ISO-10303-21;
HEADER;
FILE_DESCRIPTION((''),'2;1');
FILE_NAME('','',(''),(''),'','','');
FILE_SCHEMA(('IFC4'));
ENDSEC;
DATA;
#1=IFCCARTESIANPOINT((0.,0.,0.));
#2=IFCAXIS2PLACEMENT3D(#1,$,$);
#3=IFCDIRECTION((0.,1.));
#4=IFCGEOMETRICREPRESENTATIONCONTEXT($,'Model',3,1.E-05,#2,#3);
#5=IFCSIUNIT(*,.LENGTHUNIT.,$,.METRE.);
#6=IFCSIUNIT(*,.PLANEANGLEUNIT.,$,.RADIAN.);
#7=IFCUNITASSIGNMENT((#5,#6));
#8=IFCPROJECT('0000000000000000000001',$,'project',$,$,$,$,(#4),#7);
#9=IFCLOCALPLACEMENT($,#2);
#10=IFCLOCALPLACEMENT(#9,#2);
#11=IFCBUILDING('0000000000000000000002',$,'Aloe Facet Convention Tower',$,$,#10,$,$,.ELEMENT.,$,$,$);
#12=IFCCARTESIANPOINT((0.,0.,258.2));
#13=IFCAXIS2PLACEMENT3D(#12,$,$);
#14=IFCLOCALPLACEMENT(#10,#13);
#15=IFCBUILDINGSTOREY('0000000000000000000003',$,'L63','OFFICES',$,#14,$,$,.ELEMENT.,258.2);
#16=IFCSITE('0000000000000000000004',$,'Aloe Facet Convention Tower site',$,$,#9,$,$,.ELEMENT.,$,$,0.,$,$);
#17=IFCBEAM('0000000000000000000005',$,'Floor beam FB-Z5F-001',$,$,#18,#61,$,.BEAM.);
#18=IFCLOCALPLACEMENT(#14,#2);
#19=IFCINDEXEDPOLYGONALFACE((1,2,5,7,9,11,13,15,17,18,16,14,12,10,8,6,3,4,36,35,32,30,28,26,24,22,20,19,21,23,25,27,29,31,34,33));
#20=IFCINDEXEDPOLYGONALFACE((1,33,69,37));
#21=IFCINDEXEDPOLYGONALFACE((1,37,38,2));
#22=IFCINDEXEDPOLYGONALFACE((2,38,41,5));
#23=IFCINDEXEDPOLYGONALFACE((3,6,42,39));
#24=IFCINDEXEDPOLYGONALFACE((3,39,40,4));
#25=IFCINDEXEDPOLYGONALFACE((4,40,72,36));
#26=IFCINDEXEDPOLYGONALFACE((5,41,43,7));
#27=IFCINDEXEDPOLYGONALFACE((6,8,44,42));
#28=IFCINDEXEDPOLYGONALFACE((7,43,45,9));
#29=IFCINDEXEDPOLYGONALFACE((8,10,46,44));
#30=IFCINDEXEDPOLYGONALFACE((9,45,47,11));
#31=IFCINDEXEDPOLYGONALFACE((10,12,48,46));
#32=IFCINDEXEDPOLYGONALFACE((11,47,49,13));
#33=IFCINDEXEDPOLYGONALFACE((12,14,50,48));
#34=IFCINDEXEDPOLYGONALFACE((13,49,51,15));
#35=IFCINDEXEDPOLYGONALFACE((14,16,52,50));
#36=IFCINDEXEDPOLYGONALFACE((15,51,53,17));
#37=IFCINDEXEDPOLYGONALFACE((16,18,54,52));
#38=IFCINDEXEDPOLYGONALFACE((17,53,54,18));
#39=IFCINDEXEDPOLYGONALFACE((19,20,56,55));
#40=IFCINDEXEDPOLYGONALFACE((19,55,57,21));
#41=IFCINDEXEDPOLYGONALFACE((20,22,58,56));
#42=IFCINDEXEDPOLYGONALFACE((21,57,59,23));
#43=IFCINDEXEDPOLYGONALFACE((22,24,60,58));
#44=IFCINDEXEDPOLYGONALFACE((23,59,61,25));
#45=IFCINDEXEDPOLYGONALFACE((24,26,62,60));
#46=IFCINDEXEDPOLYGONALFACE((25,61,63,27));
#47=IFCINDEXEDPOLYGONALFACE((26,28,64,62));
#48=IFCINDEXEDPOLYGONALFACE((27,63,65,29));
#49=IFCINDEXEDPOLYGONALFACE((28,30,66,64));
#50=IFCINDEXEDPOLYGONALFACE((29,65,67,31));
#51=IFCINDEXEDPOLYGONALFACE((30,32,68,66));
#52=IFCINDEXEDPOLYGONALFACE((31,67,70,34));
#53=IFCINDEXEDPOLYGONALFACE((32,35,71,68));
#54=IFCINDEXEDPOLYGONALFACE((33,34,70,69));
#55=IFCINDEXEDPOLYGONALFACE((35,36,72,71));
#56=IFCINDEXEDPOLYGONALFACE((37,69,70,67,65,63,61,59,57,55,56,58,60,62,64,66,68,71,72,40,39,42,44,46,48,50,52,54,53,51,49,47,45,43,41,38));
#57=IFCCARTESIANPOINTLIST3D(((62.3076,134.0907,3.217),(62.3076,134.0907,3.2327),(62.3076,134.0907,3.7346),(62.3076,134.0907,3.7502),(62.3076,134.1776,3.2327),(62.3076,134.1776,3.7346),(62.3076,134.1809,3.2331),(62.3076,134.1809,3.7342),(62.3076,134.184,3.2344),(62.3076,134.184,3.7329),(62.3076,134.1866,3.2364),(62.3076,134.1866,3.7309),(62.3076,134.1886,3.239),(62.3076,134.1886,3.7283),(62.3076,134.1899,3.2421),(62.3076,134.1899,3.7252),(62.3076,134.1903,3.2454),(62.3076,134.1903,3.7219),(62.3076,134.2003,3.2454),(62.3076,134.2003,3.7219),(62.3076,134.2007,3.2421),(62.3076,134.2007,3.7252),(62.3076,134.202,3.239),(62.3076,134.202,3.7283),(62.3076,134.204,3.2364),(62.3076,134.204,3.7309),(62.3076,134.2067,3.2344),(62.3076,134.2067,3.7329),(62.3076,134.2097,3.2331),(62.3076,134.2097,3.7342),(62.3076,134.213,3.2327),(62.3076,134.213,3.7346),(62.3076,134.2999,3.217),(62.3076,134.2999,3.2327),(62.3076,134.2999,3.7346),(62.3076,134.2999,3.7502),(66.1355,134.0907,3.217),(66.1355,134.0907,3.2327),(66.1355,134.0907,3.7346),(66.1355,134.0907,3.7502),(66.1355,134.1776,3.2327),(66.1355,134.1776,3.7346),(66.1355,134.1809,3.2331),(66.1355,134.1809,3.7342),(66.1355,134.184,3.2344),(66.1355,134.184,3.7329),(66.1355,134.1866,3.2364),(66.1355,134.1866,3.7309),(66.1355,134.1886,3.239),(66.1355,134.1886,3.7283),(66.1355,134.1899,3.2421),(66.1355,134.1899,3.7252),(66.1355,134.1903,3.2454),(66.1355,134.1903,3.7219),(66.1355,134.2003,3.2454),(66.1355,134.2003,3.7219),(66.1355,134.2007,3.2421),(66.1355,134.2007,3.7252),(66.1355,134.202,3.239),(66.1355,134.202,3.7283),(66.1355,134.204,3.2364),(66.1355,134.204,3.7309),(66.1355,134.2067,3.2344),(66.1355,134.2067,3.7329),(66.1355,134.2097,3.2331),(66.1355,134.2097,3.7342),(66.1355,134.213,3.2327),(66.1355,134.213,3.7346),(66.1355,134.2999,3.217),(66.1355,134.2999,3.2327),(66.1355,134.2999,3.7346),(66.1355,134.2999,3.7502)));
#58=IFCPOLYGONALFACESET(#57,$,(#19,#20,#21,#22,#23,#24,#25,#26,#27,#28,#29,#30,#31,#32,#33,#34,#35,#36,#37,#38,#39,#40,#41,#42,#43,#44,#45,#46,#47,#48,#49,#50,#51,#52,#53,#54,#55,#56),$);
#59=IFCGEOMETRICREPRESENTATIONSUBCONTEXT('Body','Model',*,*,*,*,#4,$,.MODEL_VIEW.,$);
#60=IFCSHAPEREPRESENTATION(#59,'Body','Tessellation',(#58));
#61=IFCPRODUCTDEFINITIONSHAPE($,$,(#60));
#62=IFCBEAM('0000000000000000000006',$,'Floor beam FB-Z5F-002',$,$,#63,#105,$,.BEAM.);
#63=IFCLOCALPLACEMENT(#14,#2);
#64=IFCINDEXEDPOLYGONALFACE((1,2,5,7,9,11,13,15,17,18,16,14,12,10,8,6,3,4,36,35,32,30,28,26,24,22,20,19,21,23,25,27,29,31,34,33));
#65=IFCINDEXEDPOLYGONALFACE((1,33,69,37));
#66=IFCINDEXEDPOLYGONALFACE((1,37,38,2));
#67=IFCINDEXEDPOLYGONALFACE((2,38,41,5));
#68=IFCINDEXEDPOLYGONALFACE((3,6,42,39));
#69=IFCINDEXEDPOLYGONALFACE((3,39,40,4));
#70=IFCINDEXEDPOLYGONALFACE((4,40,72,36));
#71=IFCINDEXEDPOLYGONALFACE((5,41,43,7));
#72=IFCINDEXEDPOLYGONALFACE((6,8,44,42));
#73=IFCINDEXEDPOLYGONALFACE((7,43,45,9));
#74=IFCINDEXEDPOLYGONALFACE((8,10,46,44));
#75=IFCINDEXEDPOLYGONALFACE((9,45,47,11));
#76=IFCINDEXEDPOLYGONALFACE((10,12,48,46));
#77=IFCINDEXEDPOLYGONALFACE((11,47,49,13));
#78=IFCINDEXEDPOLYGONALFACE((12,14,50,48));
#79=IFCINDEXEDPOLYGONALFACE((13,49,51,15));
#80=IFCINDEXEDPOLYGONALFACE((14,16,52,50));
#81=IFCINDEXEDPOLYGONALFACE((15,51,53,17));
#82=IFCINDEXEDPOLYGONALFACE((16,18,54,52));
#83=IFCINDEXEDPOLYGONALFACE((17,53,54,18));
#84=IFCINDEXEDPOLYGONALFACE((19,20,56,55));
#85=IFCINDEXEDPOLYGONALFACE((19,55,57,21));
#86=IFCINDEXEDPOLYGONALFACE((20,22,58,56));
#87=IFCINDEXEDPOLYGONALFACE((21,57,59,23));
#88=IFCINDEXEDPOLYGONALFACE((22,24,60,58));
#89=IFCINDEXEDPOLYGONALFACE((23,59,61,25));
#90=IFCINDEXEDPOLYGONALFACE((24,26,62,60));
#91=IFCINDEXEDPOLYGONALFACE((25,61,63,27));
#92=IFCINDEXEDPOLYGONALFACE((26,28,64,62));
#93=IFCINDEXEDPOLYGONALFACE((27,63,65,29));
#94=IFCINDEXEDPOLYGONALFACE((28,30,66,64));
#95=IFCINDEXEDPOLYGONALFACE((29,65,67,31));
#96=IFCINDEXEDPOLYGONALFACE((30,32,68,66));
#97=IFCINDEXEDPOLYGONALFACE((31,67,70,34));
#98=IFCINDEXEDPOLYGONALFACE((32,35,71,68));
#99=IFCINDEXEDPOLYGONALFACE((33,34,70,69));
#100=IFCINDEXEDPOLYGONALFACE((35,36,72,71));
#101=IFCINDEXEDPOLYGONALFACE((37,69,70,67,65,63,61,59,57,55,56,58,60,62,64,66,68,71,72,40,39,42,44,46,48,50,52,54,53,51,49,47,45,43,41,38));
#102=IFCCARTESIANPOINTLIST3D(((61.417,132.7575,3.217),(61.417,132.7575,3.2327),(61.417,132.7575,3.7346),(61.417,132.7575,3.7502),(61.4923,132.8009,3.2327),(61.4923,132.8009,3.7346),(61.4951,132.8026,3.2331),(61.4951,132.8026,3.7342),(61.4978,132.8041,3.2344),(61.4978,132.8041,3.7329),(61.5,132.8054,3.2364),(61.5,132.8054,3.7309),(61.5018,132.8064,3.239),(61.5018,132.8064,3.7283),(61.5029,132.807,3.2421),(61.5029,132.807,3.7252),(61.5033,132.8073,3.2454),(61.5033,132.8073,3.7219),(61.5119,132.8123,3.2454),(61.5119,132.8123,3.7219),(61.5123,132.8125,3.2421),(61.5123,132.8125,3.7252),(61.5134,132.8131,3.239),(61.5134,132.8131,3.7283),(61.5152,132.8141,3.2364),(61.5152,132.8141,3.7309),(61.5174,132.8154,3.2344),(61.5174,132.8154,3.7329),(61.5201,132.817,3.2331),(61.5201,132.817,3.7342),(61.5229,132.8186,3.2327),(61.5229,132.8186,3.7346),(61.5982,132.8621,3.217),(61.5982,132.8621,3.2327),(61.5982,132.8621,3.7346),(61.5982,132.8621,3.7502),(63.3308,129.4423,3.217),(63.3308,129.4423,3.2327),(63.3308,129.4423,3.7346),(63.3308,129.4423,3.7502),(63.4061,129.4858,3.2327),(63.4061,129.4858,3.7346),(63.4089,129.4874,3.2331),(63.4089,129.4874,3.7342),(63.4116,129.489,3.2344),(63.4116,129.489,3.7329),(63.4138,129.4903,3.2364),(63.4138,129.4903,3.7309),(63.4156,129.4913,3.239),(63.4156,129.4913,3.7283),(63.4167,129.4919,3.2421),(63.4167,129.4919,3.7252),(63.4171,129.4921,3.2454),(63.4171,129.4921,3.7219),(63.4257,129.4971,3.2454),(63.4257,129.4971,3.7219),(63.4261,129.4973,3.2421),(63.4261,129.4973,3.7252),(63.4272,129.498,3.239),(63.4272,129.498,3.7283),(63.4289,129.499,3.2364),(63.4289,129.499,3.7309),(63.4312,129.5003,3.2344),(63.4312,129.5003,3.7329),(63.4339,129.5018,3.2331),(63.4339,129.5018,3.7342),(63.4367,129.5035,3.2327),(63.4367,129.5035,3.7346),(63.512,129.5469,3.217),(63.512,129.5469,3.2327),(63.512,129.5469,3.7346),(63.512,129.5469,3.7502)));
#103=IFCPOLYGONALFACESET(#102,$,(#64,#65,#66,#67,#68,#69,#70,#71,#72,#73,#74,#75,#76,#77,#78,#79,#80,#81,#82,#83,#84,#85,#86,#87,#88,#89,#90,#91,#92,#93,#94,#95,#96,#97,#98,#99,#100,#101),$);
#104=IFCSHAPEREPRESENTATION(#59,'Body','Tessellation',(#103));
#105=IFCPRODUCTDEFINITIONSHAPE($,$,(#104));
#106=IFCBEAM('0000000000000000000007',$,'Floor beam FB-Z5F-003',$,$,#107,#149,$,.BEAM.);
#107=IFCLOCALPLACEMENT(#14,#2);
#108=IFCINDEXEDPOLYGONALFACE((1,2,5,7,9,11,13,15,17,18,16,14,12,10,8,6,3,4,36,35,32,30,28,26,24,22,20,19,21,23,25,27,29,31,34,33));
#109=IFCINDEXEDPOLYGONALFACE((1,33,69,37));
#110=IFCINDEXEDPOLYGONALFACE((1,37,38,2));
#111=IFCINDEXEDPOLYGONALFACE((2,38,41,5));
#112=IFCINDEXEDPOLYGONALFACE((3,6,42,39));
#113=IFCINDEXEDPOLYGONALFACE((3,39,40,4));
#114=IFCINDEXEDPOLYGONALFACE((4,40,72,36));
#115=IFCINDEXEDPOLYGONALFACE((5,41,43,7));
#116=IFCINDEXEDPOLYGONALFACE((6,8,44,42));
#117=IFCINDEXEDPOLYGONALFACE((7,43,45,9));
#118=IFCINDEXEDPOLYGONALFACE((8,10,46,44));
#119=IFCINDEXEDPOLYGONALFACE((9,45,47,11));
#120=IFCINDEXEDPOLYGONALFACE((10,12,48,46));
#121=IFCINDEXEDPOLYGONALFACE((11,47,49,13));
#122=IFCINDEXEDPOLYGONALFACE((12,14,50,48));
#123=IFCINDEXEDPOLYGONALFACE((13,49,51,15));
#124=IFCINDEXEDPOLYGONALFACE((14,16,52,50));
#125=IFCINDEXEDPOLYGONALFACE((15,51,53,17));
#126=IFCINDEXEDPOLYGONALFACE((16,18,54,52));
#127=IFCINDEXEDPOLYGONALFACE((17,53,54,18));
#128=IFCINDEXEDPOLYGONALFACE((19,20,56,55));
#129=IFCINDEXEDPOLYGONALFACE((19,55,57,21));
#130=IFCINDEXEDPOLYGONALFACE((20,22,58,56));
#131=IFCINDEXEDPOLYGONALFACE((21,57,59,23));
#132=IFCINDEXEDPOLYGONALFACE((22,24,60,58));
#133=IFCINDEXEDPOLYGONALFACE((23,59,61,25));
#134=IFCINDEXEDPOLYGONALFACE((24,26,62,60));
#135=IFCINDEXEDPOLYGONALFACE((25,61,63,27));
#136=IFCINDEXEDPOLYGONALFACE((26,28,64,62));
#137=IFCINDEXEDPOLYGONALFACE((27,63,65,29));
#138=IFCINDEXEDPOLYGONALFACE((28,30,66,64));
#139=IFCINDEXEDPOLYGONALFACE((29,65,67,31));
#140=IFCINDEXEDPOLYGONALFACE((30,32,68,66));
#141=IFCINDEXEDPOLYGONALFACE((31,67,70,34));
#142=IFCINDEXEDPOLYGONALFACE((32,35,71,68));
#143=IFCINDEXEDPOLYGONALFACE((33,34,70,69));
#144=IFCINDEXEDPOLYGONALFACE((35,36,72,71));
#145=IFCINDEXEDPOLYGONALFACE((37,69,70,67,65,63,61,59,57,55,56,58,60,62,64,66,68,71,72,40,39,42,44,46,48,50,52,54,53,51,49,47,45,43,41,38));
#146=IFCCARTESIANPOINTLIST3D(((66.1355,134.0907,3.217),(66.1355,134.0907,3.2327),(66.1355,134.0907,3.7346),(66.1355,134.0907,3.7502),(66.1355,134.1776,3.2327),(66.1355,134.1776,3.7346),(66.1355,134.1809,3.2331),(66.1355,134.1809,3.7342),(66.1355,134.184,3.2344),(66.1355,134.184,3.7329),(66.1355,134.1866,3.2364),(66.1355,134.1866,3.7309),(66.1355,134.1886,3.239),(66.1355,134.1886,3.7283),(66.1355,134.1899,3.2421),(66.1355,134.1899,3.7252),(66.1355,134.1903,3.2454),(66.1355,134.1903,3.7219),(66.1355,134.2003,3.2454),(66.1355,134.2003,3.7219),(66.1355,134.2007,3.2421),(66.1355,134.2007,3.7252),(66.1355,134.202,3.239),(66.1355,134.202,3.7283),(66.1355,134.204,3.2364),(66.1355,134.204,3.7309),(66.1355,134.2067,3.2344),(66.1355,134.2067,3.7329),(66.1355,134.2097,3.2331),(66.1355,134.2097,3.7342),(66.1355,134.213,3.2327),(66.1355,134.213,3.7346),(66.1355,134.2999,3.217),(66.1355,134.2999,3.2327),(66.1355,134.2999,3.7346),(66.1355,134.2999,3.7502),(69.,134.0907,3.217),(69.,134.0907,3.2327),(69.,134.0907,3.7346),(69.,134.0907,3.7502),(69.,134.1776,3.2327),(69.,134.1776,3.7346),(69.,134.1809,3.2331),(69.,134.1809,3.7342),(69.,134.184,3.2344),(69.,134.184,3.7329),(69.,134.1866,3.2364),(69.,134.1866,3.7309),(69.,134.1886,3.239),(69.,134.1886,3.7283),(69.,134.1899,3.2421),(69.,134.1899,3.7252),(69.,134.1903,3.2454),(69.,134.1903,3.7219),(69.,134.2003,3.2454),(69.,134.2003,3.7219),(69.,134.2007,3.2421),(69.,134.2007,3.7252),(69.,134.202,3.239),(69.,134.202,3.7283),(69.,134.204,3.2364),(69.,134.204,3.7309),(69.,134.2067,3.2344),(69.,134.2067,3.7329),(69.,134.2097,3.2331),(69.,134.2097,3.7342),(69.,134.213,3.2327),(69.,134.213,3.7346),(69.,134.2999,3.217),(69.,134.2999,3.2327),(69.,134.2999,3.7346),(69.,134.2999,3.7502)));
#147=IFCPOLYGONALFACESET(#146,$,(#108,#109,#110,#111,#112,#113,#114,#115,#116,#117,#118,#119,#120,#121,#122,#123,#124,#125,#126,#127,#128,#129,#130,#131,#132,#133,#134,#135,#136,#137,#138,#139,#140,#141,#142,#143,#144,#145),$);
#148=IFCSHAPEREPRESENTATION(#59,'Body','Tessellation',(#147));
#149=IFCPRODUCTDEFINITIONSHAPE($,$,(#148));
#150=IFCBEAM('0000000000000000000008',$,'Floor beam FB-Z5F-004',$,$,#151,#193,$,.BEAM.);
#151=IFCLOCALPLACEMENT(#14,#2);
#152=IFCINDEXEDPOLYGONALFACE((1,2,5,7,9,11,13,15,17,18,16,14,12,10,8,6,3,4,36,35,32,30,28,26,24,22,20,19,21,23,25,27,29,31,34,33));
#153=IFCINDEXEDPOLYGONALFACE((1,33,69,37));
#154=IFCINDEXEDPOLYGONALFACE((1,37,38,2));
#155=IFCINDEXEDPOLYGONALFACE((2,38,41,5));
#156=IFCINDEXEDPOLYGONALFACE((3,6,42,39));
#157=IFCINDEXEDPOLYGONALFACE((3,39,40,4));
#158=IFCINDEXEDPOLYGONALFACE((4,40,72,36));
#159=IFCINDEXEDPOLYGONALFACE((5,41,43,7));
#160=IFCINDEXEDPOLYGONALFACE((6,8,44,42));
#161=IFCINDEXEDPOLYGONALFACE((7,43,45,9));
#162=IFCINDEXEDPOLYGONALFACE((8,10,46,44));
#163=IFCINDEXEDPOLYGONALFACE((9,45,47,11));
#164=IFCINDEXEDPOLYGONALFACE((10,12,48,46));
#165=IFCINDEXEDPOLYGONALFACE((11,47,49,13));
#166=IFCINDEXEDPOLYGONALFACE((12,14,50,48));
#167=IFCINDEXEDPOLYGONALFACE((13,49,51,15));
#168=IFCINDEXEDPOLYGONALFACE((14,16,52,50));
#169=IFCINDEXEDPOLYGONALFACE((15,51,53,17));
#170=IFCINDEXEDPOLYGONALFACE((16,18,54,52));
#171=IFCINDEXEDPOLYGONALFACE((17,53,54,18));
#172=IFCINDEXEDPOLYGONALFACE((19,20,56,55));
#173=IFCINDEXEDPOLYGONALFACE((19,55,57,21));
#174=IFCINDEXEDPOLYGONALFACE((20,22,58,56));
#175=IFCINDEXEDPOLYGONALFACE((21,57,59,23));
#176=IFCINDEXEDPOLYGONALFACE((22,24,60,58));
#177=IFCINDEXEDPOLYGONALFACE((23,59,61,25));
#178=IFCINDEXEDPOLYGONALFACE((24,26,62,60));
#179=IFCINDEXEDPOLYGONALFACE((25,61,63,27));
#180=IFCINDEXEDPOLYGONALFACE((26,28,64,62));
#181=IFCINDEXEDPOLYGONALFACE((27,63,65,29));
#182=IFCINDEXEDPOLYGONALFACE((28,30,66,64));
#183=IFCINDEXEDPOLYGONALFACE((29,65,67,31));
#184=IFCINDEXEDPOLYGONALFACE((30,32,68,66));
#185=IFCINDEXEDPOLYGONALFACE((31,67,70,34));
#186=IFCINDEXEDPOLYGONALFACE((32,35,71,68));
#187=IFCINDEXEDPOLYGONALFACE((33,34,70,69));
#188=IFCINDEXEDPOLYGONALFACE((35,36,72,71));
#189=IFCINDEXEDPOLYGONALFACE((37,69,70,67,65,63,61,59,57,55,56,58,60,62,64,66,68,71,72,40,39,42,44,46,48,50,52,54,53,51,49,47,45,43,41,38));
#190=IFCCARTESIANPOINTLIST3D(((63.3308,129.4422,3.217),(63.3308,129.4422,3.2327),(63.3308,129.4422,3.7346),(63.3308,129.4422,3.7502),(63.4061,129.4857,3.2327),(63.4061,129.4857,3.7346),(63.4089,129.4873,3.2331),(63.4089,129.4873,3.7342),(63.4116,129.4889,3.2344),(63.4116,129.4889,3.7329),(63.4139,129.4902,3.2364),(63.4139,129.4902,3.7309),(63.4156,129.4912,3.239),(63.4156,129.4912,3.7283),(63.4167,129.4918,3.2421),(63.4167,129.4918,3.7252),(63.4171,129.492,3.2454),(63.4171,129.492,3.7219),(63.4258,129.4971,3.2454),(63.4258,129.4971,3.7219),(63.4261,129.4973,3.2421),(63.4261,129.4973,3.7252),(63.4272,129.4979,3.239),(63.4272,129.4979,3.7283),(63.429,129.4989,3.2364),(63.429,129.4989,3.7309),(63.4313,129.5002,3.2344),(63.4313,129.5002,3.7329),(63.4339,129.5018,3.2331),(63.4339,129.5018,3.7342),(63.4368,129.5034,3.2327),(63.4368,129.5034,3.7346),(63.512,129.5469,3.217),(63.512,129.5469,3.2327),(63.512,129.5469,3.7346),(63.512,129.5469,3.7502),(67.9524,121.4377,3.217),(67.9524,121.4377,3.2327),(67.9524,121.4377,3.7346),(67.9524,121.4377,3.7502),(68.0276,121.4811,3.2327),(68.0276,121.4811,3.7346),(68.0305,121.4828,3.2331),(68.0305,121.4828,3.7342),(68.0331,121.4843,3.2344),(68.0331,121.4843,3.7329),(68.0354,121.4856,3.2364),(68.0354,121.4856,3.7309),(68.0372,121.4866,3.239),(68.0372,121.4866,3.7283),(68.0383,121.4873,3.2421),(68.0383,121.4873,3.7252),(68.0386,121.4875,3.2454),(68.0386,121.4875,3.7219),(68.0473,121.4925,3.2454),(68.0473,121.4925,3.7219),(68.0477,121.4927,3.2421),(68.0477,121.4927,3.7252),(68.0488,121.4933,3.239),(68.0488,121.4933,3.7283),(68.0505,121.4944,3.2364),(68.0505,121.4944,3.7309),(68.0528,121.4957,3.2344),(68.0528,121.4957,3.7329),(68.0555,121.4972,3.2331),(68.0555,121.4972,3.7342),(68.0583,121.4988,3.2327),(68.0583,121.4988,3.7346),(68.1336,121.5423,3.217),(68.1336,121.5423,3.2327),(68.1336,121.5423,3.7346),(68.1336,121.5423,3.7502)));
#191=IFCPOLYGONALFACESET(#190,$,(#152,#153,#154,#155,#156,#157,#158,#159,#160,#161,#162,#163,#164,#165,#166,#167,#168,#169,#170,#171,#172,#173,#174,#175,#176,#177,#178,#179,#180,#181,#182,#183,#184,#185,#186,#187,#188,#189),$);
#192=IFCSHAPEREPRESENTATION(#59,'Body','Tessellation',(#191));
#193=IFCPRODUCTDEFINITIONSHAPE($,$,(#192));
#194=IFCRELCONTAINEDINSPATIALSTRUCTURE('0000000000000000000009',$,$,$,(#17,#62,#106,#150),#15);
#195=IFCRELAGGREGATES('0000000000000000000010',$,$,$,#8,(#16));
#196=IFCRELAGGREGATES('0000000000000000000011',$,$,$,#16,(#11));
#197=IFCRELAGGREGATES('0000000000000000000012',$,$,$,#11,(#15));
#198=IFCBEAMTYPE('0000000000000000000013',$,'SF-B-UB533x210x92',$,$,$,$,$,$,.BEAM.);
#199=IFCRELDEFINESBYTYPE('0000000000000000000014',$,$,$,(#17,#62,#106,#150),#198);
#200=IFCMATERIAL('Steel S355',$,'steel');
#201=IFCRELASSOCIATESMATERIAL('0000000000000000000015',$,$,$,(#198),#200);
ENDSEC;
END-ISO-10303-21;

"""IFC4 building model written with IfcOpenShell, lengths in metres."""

from ifc_helpers import new_model, si_unit, direction, frame, origin, origin_2d, place, context, subcontext, project, spatial, i_section, extrude, material, material_profile, profile_set, type_object, element, save


model = new_model("IFC4")

# Units and contexts
model_context = context("Model", 3, precision=1e-05, world=origin(), true_north=direction((0.0, 1.0)))
body_context = subcontext(model_context, "Body", "Model", "MODEL_VIEW")
ifc_project = project(units=[si_unit("LENGTHUNIT", "METRE"), si_unit("PLANEANGLEUNIT", "RADIAN")], contexts=[model_context])

# Site, building, storey
site_placement = place(None, origin())
site = spatial("IfcSite", under=ifc_project, at=site_placement, Name="Aloe Facet Convention Tower site", CompositionType="ELEMENT", RefElevation=0.0)
building_placement = place(site_placement, origin())
building = spatial("IfcBuilding", under=site, at=building_placement, Name="Aloe Facet Convention Tower", CompositionType="ELEMENT")
storey_placement = place(building_placement, frame((0.0, 0.0, 258.2)))
storey = spatial("IfcBuildingStorey", under=building, at=storey_placement, Name="L63", Description="OFFICES", CompositionType="ELEMENT", Elevation=258.2)

# Beams
ifc_material_1 = material(Name="Steel S355", Category="steel")
ifc_material_profile_1 = material_profile(ifc_material_1, i_section(OverallWidth=0.2092, OverallDepth=0.5332, WebThickness=0.01, FlangeThickness=0.0156, FilletRadius=0.0127, at=origin_2d()), Name="UB 533x210x92")
ifc_profile_set_1 = profile_set([ifc_material_profile_1], Name="Steel S355")
beam_type_1 = type_object("IfcBeamType", Name="SF-B-UB533x210x92", PredefinedType="BEAM", material=ifc_profile_set_1)
for number, where, z_axis, x_axis, name in (
    (1, (62.3076, 134.1953, 3.4836), (1.0, 0.0, 0.0), (0.0, 1.0, 0.0), "Floor beam FB-Z5F-001"),
    (2, (63.4214, 129.4946, 3.4836), (-0.49996, 0.866049, 0.0), (-0.866049, -0.49996, 0.0), "Floor beam FB-Z5F-002"),
):
    element("IfcBeam", number, at=place(storey_placement, frame(where, z_axis=z_axis, x_axis=x_axis)), inside=storey, type_object=beam_type_1, Name=name, PredefinedType="BEAM", context=body_context, shape_type="SweptSolid", body=[
        extrude(i_section(OverallWidth=0.2092, OverallDepth=0.5332, WebThickness=0.01, FlangeThickness=0.0156, FilletRadius=0.0127, at=origin_2d()), origin(), (0.0, 0.0, 1.0), 3.8279),
    ])
beam_1_placement = place(storey_placement, frame((66.1355, 134.1953, 3.4836), z_axis=(1.0, 0.0, 0.0), x_axis=(0.0, 1.0, 0.0)))
element("IfcBeam", 3, at=beam_1_placement, inside=storey, type_object=beam_type_1, Name="Floor beam FB-Z5F-003", PredefinedType="BEAM", context=body_context, shape_type="SweptSolid", body=[
    extrude(i_section(OverallWidth=0.2092, OverallDepth=0.5332, WebThickness=0.01, FlangeThickness=0.0156, FilletRadius=0.0127, at=origin_2d()), origin(), (0.0, 0.0, 1.0), 2.8645),
])
beam_2_placement = place(storey_placement, frame((68.043, 121.49, 3.4836), z_axis=(-0.500008, 0.866021, 0.0), x_axis=(-0.866021, -0.500008, 0.0)))
element("IfcBeam", 4, at=beam_2_placement, inside=storey, type_object=beam_type_1, Name="Floor beam FB-Z5F-004", PredefinedType="BEAM", context=body_context, shape_type="SweptSolid", body=[
    extrude(i_section(OverallWidth=0.2092, OverallDepth=0.5332, WebThickness=0.01, FlangeThickness=0.0156, FilletRadius=0.0127, at=origin_2d()), origin(), (0.0, 0.0, 1.0), 9.2429),
])

save(model, "model.ifc")
